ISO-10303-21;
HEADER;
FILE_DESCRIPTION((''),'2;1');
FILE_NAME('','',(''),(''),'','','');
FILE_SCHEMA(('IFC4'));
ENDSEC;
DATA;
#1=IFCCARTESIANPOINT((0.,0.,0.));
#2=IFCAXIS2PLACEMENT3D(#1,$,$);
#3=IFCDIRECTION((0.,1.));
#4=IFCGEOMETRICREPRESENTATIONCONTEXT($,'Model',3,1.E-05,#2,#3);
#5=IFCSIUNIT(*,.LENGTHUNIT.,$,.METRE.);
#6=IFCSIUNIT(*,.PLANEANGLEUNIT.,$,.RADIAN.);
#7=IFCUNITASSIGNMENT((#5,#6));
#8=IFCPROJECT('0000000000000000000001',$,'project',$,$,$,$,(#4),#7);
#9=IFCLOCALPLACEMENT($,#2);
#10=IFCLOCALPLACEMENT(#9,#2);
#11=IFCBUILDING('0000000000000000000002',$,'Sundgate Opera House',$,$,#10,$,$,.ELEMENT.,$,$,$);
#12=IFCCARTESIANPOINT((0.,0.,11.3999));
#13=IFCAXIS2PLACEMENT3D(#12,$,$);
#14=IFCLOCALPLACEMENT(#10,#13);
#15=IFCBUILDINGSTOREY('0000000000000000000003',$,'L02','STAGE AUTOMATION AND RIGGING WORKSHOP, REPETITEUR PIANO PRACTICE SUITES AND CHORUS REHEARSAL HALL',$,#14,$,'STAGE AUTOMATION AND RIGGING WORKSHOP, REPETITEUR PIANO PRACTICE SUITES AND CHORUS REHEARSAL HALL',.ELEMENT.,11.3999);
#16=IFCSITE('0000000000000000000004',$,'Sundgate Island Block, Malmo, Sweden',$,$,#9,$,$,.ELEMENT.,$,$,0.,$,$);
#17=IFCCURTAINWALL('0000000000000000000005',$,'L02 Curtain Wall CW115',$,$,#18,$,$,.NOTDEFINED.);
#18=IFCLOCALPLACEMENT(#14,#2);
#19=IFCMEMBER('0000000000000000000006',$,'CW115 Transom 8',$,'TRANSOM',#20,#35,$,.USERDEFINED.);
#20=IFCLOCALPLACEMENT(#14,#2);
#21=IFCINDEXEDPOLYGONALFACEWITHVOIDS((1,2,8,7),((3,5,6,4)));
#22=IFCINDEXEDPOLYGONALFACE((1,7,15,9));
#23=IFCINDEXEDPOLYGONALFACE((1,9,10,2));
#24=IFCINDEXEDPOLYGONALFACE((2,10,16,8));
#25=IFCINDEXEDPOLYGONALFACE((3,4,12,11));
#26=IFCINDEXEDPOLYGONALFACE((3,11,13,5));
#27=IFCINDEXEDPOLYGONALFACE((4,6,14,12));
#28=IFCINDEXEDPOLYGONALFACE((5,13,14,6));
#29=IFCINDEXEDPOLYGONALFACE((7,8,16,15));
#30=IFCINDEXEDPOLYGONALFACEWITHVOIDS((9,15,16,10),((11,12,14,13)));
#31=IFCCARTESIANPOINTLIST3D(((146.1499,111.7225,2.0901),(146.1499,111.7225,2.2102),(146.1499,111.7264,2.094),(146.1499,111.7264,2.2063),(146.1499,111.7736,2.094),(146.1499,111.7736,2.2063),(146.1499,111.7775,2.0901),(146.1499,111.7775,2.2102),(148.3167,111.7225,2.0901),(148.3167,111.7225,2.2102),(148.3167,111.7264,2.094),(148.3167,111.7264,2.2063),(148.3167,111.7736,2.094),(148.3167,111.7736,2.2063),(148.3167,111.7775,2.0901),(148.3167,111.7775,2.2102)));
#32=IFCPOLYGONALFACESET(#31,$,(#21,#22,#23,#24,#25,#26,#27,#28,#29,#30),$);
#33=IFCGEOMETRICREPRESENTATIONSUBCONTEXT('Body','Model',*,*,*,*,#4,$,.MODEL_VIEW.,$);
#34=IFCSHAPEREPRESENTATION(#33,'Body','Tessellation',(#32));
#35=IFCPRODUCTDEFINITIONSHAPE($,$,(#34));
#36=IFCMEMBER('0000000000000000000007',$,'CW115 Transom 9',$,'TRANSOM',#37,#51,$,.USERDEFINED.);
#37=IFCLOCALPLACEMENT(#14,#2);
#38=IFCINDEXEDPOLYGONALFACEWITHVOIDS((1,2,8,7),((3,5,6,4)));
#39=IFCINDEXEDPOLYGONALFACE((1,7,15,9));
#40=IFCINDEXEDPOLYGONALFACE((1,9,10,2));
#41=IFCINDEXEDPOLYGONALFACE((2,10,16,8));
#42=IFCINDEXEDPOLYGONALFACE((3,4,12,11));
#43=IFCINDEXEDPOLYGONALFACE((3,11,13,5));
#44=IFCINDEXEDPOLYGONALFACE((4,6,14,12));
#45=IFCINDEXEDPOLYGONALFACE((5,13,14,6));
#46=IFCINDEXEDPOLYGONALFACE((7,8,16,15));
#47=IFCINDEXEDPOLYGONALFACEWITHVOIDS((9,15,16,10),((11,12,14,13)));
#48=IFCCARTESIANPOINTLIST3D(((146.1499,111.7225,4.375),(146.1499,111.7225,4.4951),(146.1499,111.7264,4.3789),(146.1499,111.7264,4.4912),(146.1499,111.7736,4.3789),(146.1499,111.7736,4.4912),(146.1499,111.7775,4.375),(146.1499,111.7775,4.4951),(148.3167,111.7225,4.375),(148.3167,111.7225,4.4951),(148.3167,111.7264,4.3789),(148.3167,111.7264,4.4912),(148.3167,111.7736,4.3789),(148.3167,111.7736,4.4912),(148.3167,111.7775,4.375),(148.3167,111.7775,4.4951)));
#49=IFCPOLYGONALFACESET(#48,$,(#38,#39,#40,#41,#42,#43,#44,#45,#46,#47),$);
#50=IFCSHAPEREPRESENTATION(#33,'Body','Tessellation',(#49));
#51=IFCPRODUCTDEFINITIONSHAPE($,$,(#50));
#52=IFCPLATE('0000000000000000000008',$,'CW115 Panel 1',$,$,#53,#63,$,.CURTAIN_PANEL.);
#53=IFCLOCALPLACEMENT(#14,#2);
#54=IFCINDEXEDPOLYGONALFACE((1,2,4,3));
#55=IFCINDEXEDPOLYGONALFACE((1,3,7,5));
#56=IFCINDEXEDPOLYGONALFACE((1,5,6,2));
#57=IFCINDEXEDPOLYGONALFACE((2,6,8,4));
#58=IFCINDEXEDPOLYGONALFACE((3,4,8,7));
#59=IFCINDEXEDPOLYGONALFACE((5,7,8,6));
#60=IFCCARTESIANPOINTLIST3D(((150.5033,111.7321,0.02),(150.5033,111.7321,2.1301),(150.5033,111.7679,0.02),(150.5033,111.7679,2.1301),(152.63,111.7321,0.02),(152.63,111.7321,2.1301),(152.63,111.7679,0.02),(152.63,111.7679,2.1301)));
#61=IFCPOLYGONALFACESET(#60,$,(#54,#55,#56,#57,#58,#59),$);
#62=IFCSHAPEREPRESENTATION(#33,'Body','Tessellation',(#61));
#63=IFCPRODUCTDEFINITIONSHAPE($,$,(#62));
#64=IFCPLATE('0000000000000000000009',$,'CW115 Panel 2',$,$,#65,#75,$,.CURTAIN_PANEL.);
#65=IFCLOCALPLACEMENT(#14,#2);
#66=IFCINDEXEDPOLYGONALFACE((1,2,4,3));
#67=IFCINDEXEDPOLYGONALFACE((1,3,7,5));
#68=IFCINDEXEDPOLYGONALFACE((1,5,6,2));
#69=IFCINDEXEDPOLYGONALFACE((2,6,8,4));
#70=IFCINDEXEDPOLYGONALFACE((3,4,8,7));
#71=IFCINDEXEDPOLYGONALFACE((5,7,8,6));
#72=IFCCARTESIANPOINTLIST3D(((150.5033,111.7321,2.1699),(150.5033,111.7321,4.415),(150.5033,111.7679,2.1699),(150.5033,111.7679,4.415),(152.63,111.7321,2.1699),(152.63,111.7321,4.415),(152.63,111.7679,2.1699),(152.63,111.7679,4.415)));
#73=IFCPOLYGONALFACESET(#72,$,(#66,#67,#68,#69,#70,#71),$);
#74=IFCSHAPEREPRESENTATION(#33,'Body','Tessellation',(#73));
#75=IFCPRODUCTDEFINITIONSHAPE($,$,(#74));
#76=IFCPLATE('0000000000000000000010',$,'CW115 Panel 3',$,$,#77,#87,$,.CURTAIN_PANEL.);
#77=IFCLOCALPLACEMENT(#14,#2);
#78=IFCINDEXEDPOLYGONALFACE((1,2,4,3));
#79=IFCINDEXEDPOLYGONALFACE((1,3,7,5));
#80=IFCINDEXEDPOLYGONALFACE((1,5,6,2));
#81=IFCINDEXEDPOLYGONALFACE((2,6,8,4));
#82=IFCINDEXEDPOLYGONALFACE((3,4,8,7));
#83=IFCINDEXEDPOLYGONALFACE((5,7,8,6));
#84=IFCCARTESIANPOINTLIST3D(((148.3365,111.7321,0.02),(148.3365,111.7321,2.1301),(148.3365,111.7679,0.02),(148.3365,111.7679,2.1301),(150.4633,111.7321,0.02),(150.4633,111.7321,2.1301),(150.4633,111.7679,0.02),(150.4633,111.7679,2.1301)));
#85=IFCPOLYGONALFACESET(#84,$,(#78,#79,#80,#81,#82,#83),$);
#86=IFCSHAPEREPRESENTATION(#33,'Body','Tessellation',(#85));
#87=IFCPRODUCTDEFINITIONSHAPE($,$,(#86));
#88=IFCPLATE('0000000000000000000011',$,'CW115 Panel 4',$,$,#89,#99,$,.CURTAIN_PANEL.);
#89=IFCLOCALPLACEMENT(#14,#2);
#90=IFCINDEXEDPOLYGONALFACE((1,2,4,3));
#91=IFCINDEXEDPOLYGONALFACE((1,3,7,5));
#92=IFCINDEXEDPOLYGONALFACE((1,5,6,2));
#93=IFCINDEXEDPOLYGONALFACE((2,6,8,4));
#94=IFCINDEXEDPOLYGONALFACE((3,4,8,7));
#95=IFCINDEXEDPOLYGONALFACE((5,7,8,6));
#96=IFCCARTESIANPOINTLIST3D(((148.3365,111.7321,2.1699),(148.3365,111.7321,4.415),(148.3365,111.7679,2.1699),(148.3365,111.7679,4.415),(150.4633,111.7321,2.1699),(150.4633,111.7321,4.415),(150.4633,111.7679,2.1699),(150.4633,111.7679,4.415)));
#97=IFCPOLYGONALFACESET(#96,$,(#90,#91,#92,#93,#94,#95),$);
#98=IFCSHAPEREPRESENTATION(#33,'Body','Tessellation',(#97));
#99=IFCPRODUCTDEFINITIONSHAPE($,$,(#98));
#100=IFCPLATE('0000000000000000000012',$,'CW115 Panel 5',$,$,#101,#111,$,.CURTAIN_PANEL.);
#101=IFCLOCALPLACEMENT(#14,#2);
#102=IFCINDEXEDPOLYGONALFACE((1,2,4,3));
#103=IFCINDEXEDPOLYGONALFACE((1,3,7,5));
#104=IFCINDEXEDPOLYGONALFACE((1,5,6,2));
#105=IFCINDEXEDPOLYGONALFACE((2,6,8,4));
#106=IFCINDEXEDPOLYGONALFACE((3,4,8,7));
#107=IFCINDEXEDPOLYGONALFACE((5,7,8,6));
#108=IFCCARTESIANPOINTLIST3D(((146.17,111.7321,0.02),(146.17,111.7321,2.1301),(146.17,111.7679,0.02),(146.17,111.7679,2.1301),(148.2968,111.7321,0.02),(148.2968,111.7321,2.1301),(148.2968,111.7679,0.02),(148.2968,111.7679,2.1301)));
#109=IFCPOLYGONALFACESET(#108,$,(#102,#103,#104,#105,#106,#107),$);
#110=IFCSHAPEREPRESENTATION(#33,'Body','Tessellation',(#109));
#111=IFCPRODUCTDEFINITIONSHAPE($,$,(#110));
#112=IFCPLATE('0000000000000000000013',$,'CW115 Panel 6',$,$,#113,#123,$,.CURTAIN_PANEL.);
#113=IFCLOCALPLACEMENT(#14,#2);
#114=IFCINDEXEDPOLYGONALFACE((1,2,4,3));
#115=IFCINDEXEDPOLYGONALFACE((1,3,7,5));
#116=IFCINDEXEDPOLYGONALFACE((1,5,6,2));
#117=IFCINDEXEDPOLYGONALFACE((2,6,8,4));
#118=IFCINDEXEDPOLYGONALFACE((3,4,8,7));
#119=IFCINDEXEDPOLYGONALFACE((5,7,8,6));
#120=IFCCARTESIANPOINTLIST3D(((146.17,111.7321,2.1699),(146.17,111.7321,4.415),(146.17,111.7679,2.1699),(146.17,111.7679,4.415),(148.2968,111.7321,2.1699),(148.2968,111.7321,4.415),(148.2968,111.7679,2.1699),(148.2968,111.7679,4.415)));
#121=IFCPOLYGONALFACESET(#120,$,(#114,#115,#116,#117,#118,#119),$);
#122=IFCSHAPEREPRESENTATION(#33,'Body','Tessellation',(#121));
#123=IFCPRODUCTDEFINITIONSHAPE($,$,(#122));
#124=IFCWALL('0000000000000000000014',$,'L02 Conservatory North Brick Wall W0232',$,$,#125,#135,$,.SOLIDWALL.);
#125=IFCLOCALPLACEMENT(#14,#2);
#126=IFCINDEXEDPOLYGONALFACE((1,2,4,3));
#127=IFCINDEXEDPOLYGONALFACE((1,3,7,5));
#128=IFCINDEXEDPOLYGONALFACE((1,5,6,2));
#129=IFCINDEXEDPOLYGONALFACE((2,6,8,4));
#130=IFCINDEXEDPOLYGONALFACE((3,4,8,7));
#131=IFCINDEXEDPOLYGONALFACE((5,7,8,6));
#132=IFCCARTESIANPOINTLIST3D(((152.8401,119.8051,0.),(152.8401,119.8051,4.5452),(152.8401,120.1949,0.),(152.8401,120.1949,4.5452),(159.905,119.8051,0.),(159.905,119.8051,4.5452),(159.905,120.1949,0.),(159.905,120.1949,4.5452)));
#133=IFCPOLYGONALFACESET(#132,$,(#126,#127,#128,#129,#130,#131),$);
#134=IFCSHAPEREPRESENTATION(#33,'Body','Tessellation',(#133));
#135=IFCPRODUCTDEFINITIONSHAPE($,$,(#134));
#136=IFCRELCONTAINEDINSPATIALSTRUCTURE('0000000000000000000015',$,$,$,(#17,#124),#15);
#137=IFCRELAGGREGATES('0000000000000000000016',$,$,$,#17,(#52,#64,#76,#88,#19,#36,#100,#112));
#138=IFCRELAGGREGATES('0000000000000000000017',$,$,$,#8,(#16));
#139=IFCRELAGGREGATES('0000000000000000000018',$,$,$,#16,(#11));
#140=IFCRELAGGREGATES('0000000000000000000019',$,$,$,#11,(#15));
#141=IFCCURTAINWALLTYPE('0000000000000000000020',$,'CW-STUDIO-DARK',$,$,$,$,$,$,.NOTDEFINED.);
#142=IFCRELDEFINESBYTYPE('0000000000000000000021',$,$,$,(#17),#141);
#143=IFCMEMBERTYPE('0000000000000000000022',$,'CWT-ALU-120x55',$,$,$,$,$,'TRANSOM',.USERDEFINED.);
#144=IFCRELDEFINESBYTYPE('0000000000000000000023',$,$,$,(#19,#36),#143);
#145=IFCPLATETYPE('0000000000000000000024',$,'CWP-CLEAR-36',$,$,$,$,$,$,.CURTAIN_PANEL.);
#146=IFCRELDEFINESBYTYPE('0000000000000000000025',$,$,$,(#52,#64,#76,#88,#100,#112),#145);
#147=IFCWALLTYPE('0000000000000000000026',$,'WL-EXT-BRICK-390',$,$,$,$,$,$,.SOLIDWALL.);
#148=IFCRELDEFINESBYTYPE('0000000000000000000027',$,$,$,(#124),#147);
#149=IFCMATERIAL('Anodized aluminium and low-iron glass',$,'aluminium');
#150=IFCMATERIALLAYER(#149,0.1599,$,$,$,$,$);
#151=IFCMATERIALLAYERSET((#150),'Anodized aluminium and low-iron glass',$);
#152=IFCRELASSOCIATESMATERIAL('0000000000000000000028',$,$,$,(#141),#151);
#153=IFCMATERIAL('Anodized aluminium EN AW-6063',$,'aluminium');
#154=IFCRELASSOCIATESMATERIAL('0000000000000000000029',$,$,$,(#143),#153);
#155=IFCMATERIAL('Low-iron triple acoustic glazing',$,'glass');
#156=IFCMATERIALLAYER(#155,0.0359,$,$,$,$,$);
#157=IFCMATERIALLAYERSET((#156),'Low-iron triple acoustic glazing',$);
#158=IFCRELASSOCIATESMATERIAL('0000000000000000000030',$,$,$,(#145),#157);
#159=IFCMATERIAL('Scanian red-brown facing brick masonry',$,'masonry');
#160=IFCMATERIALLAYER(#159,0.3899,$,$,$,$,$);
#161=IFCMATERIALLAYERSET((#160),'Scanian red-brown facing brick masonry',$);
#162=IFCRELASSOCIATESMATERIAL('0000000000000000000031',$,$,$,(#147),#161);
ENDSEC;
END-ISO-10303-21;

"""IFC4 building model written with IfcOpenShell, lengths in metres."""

from ifc_helpers import new_model, si_unit, direction, frame, frame_2d, origin, origin_2d, place, context, subcontext, project, spatial, rectangle, hollow_rectangle, extrude, material, layer, layer_set, material_profile, profile_set, type_object, element, aggregate, save


model = new_model("IFC4")

# Units and contexts
model_context = context("Model", 3, precision=1e-05, world=origin(), true_north=direction((0.0, 1.0)))
body_context = subcontext(model_context, "Body", "Model", "MODEL_VIEW")
ifc_project = project(units=[si_unit("LENGTHUNIT", "METRE"), si_unit("PLANEANGLEUNIT", "RADIAN")], contexts=[model_context])

# Site, building, storey
site_placement = place(None, origin())
site = spatial("IfcSite", under=ifc_project, at=site_placement, Name="Sundgate Island Block, Malmo, Sweden", CompositionType="ELEMENT", RefElevation=0.0)
building_placement = place(site_placement, origin())
building = spatial("IfcBuilding", under=site, at=building_placement, Name="Sundgate Opera House", CompositionType="ELEMENT")
storey_placement = place(building_placement, frame((0.0, 0.0, 11.3999)))
storey = spatial("IfcBuildingStorey", under=building, at=storey_placement, Name="L02", Description="STAGE AUTOMATION AND RIGGING WORKSHOP, REPETITEUR PIANO PRACTICE SUITES AND CHORUS REHEARSAL HALL", LongName="STAGE AUTOMATION AND RIGGING WORKSHOP, REPETITEUR PIANO PRACTICE SUITES AND CHORUS REHEARSAL HALL", CompositionType="ELEMENT", Elevation=11.3999)

# Curtain wall, members, plates
ifc_material_1 = material(Name="Anodized aluminium and low-iron glass", Category="aluminium")
ifc_layer_1 = layer(ifc_material_1, 0.1599)
ifc_layer_set_1 = layer_set([ifc_layer_1], Name="Anodized aluminium and low-iron glass")
curtain_wall_type = type_object("IfcCurtainWallType", Name="CW-STUDIO-DARK", PredefinedType="NOTDEFINED", material=ifc_layer_set_1)
curtain_wall_placement = place(storey_placement, origin())
curtain_wall = element("IfcCurtainWall", 1, at=curtain_wall_placement, inside=storey, type_object=curtain_wall_type, Name="L02 Curtain Wall CW115", PredefinedType="NOTDEFINED")
ifc_material_2 = material(Name="Anodized aluminium EN AW-6063", Category="aluminium")
ifc_material_profile_1 = material_profile(ifc_material_2, hollow_rectangle(XDim=0.0549, YDim=0.1201, WallThickness=0.0039, at=origin_2d()), Name="CWT 120x55x4")
ifc_profile_set_1 = profile_set([ifc_material_profile_1], Name="Anodized aluminium EN AW-6063")
member_type_1 = type_object("IfcMemberType", Name="CWT-ALU-120x55", ElementType="TRANSOM", PredefinedType="USERDEFINED", material=ifc_profile_set_1)
member_1_placement = place(storey_placement, frame((148.3167, 111.75, 2.1501), z_axis=(-1.0, 0.0, 0.0), x_axis=(0.0, -1.0, 0.0)))
member_1 = element("IfcMember", 2, at=member_1_placement, type_object=member_type_1, Name="CW115 Transom 8", ObjectType="TRANSOM", PredefinedType="USERDEFINED", context=body_context, shape_type="SweptSolid", body=[
    extrude(hollow_rectangle(XDim=0.0549, YDim=0.1201, WallThickness=0.0039, at=origin_2d()), origin(), (0.0, 0.0, 1.0), 2.1667),
])
member_2_placement = place(storey_placement, frame((148.3167, 111.75, 4.4351), z_axis=(-1.0, 0.0, 0.0), x_axis=(0.0, -1.0, 0.0)))
member_2 = element("IfcMember", 3, at=member_2_placement, type_object=member_type_1, Name="CW115 Transom 9", ObjectType="TRANSOM", PredefinedType="USERDEFINED", context=body_context, shape_type="SweptSolid", body=[
    extrude(hollow_rectangle(XDim=0.0549, YDim=0.1201, WallThickness=0.0039, at=origin_2d()), origin(), (0.0, 0.0, 1.0), 2.1667),
])
ifc_material_3 = material(Name="Low-iron triple acoustic glazing", Category="glass")
ifc_layer_2 = layer(ifc_material_3, 0.0359)
ifc_layer_set_2 = layer_set([ifc_layer_2], Name="Low-iron triple acoustic glazing")
plate_type = type_object("IfcPlateType", Name="CWP-CLEAR-36", PredefinedType="CURTAIN_PANEL", material=ifc_layer_set_2)
plate_1_placement = place(storey_placement, frame((151.5667, 111.75, 0.02), z_axis=(0.0, 0.0, 1.0), x_axis=(-1.0, 0.0, 0.0)))
plate_1 = element("IfcPlate", 4, at=plate_1_placement, type_object=plate_type, Name="CW115 Panel 1", PredefinedType="CURTAIN_PANEL", context=body_context, shape_type="SweptSolid", body=[
    extrude(rectangle(XDim=2.1267, YDim=0.0359, at=origin_2d()), origin(), (0.0, 0.0, 1.0), 2.1101),
])
plate_2_placement = place(storey_placement, frame((151.5667, 111.75, 2.1699), z_axis=(0.0, 0.0, 1.0), x_axis=(-1.0, 0.0, 0.0)))
plate_2 = element("IfcPlate", 5, at=plate_2_placement, type_object=plate_type, Name="CW115 Panel 2", PredefinedType="CURTAIN_PANEL", context=body_context, shape_type="SweptSolid", body=[
    extrude(rectangle(XDim=2.1267, YDim=0.0359, at=origin_2d()), origin(), (0.0, 0.0, 1.0), 2.2451),
])
plate_3_placement = place(storey_placement, frame((149.3999, 111.75, 0.02), z_axis=(0.0, 0.0, 1.0), x_axis=(-1.0, 0.0, 0.0)))
plate_3 = element("IfcPlate", 6, at=plate_3_placement, type_object=plate_type, Name="CW115 Panel 3", PredefinedType="CURTAIN_PANEL", context=body_context, shape_type="SweptSolid", body=[
    extrude(rectangle(XDim=2.1267, YDim=0.0359, at=origin_2d()), origin(), (0.0, 0.0, 1.0), 2.1101),
])
plate_4_placement = place(storey_placement, frame((149.3999, 111.75, 2.1699), z_axis=(0.0, 0.0, 1.0), x_axis=(-1.0, 0.0, 0.0)))
plate_4 = element("IfcPlate", 7, at=plate_4_placement, type_object=plate_type, Name="CW115 Panel 4", PredefinedType="CURTAIN_PANEL", context=body_context, shape_type="SweptSolid", body=[
    extrude(rectangle(XDim=2.1267, YDim=0.0359, at=origin_2d()), origin(), (0.0, 0.0, 1.0), 2.2451),
])
plate_5_placement = place(storey_placement, frame((147.2334, 111.75, 0.02), z_axis=(0.0, 0.0, 1.0), x_axis=(-1.0, 0.0, 0.0)))
plate_5 = element("IfcPlate", 8, at=plate_5_placement, type_object=plate_type, Name="CW115 Panel 5", PredefinedType="CURTAIN_PANEL", context=body_context, shape_type="SweptSolid", body=[
    extrude(rectangle(XDim=2.1267, YDim=0.0359, at=origin_2d()), origin(), (0.0, 0.0, 1.0), 2.1101),
])
plate_6_placement = place(storey_placement, frame((147.2334, 111.75, 2.1699), z_axis=(0.0, 0.0, 1.0), x_axis=(-1.0, 0.0, 0.0)))
plate_6 = element("IfcPlate", 9, at=plate_6_placement, type_object=plate_type, Name="CW115 Panel 6", PredefinedType="CURTAIN_PANEL", context=body_context, shape_type="SweptSolid", body=[
    extrude(rectangle(XDim=2.1267, YDim=0.0359, at=origin_2d()), origin(), (0.0, 0.0, 1.0), 2.2451),
])
aggregate(curtain_wall, [plate_1, plate_2, plate_3, plate_4, member_1, member_2, plate_5, plate_6])

# Wall
ifc_material_4 = material(Name="Scanian red-brown facing brick masonry", Category="masonry")
ifc_layer_3 = layer(ifc_material_4, 0.3899)
ifc_layer_set_3 = layer_set([ifc_layer_3], Name="Scanian red-brown facing brick masonry")
wall_type = type_object("IfcWallType", Name="WL-EXT-BRICK-390", PredefinedType="SOLIDWALL", material=ifc_layer_set_3)
wall_placement = place(storey_placement, frame((152.8401, 120.0, 0.0), z_axis=(0.0, 0.0, 1.0), x_axis=(1.0, 0.0, 0.0)))
element("IfcWall", 10, at=wall_placement, inside=storey, type_object=wall_type, Name="L02 Conservatory North Brick Wall W0232", PredefinedType="SOLIDWALL", context=body_context, shape_type="SweptSolid", body=[
    extrude(rectangle(XDim=7.0649, YDim=0.3899, at=frame_2d((3.5325, 0.0))), origin(), (0.0, 0.0, 1.0), 4.5452),
])

save(model, "model.ifc")
